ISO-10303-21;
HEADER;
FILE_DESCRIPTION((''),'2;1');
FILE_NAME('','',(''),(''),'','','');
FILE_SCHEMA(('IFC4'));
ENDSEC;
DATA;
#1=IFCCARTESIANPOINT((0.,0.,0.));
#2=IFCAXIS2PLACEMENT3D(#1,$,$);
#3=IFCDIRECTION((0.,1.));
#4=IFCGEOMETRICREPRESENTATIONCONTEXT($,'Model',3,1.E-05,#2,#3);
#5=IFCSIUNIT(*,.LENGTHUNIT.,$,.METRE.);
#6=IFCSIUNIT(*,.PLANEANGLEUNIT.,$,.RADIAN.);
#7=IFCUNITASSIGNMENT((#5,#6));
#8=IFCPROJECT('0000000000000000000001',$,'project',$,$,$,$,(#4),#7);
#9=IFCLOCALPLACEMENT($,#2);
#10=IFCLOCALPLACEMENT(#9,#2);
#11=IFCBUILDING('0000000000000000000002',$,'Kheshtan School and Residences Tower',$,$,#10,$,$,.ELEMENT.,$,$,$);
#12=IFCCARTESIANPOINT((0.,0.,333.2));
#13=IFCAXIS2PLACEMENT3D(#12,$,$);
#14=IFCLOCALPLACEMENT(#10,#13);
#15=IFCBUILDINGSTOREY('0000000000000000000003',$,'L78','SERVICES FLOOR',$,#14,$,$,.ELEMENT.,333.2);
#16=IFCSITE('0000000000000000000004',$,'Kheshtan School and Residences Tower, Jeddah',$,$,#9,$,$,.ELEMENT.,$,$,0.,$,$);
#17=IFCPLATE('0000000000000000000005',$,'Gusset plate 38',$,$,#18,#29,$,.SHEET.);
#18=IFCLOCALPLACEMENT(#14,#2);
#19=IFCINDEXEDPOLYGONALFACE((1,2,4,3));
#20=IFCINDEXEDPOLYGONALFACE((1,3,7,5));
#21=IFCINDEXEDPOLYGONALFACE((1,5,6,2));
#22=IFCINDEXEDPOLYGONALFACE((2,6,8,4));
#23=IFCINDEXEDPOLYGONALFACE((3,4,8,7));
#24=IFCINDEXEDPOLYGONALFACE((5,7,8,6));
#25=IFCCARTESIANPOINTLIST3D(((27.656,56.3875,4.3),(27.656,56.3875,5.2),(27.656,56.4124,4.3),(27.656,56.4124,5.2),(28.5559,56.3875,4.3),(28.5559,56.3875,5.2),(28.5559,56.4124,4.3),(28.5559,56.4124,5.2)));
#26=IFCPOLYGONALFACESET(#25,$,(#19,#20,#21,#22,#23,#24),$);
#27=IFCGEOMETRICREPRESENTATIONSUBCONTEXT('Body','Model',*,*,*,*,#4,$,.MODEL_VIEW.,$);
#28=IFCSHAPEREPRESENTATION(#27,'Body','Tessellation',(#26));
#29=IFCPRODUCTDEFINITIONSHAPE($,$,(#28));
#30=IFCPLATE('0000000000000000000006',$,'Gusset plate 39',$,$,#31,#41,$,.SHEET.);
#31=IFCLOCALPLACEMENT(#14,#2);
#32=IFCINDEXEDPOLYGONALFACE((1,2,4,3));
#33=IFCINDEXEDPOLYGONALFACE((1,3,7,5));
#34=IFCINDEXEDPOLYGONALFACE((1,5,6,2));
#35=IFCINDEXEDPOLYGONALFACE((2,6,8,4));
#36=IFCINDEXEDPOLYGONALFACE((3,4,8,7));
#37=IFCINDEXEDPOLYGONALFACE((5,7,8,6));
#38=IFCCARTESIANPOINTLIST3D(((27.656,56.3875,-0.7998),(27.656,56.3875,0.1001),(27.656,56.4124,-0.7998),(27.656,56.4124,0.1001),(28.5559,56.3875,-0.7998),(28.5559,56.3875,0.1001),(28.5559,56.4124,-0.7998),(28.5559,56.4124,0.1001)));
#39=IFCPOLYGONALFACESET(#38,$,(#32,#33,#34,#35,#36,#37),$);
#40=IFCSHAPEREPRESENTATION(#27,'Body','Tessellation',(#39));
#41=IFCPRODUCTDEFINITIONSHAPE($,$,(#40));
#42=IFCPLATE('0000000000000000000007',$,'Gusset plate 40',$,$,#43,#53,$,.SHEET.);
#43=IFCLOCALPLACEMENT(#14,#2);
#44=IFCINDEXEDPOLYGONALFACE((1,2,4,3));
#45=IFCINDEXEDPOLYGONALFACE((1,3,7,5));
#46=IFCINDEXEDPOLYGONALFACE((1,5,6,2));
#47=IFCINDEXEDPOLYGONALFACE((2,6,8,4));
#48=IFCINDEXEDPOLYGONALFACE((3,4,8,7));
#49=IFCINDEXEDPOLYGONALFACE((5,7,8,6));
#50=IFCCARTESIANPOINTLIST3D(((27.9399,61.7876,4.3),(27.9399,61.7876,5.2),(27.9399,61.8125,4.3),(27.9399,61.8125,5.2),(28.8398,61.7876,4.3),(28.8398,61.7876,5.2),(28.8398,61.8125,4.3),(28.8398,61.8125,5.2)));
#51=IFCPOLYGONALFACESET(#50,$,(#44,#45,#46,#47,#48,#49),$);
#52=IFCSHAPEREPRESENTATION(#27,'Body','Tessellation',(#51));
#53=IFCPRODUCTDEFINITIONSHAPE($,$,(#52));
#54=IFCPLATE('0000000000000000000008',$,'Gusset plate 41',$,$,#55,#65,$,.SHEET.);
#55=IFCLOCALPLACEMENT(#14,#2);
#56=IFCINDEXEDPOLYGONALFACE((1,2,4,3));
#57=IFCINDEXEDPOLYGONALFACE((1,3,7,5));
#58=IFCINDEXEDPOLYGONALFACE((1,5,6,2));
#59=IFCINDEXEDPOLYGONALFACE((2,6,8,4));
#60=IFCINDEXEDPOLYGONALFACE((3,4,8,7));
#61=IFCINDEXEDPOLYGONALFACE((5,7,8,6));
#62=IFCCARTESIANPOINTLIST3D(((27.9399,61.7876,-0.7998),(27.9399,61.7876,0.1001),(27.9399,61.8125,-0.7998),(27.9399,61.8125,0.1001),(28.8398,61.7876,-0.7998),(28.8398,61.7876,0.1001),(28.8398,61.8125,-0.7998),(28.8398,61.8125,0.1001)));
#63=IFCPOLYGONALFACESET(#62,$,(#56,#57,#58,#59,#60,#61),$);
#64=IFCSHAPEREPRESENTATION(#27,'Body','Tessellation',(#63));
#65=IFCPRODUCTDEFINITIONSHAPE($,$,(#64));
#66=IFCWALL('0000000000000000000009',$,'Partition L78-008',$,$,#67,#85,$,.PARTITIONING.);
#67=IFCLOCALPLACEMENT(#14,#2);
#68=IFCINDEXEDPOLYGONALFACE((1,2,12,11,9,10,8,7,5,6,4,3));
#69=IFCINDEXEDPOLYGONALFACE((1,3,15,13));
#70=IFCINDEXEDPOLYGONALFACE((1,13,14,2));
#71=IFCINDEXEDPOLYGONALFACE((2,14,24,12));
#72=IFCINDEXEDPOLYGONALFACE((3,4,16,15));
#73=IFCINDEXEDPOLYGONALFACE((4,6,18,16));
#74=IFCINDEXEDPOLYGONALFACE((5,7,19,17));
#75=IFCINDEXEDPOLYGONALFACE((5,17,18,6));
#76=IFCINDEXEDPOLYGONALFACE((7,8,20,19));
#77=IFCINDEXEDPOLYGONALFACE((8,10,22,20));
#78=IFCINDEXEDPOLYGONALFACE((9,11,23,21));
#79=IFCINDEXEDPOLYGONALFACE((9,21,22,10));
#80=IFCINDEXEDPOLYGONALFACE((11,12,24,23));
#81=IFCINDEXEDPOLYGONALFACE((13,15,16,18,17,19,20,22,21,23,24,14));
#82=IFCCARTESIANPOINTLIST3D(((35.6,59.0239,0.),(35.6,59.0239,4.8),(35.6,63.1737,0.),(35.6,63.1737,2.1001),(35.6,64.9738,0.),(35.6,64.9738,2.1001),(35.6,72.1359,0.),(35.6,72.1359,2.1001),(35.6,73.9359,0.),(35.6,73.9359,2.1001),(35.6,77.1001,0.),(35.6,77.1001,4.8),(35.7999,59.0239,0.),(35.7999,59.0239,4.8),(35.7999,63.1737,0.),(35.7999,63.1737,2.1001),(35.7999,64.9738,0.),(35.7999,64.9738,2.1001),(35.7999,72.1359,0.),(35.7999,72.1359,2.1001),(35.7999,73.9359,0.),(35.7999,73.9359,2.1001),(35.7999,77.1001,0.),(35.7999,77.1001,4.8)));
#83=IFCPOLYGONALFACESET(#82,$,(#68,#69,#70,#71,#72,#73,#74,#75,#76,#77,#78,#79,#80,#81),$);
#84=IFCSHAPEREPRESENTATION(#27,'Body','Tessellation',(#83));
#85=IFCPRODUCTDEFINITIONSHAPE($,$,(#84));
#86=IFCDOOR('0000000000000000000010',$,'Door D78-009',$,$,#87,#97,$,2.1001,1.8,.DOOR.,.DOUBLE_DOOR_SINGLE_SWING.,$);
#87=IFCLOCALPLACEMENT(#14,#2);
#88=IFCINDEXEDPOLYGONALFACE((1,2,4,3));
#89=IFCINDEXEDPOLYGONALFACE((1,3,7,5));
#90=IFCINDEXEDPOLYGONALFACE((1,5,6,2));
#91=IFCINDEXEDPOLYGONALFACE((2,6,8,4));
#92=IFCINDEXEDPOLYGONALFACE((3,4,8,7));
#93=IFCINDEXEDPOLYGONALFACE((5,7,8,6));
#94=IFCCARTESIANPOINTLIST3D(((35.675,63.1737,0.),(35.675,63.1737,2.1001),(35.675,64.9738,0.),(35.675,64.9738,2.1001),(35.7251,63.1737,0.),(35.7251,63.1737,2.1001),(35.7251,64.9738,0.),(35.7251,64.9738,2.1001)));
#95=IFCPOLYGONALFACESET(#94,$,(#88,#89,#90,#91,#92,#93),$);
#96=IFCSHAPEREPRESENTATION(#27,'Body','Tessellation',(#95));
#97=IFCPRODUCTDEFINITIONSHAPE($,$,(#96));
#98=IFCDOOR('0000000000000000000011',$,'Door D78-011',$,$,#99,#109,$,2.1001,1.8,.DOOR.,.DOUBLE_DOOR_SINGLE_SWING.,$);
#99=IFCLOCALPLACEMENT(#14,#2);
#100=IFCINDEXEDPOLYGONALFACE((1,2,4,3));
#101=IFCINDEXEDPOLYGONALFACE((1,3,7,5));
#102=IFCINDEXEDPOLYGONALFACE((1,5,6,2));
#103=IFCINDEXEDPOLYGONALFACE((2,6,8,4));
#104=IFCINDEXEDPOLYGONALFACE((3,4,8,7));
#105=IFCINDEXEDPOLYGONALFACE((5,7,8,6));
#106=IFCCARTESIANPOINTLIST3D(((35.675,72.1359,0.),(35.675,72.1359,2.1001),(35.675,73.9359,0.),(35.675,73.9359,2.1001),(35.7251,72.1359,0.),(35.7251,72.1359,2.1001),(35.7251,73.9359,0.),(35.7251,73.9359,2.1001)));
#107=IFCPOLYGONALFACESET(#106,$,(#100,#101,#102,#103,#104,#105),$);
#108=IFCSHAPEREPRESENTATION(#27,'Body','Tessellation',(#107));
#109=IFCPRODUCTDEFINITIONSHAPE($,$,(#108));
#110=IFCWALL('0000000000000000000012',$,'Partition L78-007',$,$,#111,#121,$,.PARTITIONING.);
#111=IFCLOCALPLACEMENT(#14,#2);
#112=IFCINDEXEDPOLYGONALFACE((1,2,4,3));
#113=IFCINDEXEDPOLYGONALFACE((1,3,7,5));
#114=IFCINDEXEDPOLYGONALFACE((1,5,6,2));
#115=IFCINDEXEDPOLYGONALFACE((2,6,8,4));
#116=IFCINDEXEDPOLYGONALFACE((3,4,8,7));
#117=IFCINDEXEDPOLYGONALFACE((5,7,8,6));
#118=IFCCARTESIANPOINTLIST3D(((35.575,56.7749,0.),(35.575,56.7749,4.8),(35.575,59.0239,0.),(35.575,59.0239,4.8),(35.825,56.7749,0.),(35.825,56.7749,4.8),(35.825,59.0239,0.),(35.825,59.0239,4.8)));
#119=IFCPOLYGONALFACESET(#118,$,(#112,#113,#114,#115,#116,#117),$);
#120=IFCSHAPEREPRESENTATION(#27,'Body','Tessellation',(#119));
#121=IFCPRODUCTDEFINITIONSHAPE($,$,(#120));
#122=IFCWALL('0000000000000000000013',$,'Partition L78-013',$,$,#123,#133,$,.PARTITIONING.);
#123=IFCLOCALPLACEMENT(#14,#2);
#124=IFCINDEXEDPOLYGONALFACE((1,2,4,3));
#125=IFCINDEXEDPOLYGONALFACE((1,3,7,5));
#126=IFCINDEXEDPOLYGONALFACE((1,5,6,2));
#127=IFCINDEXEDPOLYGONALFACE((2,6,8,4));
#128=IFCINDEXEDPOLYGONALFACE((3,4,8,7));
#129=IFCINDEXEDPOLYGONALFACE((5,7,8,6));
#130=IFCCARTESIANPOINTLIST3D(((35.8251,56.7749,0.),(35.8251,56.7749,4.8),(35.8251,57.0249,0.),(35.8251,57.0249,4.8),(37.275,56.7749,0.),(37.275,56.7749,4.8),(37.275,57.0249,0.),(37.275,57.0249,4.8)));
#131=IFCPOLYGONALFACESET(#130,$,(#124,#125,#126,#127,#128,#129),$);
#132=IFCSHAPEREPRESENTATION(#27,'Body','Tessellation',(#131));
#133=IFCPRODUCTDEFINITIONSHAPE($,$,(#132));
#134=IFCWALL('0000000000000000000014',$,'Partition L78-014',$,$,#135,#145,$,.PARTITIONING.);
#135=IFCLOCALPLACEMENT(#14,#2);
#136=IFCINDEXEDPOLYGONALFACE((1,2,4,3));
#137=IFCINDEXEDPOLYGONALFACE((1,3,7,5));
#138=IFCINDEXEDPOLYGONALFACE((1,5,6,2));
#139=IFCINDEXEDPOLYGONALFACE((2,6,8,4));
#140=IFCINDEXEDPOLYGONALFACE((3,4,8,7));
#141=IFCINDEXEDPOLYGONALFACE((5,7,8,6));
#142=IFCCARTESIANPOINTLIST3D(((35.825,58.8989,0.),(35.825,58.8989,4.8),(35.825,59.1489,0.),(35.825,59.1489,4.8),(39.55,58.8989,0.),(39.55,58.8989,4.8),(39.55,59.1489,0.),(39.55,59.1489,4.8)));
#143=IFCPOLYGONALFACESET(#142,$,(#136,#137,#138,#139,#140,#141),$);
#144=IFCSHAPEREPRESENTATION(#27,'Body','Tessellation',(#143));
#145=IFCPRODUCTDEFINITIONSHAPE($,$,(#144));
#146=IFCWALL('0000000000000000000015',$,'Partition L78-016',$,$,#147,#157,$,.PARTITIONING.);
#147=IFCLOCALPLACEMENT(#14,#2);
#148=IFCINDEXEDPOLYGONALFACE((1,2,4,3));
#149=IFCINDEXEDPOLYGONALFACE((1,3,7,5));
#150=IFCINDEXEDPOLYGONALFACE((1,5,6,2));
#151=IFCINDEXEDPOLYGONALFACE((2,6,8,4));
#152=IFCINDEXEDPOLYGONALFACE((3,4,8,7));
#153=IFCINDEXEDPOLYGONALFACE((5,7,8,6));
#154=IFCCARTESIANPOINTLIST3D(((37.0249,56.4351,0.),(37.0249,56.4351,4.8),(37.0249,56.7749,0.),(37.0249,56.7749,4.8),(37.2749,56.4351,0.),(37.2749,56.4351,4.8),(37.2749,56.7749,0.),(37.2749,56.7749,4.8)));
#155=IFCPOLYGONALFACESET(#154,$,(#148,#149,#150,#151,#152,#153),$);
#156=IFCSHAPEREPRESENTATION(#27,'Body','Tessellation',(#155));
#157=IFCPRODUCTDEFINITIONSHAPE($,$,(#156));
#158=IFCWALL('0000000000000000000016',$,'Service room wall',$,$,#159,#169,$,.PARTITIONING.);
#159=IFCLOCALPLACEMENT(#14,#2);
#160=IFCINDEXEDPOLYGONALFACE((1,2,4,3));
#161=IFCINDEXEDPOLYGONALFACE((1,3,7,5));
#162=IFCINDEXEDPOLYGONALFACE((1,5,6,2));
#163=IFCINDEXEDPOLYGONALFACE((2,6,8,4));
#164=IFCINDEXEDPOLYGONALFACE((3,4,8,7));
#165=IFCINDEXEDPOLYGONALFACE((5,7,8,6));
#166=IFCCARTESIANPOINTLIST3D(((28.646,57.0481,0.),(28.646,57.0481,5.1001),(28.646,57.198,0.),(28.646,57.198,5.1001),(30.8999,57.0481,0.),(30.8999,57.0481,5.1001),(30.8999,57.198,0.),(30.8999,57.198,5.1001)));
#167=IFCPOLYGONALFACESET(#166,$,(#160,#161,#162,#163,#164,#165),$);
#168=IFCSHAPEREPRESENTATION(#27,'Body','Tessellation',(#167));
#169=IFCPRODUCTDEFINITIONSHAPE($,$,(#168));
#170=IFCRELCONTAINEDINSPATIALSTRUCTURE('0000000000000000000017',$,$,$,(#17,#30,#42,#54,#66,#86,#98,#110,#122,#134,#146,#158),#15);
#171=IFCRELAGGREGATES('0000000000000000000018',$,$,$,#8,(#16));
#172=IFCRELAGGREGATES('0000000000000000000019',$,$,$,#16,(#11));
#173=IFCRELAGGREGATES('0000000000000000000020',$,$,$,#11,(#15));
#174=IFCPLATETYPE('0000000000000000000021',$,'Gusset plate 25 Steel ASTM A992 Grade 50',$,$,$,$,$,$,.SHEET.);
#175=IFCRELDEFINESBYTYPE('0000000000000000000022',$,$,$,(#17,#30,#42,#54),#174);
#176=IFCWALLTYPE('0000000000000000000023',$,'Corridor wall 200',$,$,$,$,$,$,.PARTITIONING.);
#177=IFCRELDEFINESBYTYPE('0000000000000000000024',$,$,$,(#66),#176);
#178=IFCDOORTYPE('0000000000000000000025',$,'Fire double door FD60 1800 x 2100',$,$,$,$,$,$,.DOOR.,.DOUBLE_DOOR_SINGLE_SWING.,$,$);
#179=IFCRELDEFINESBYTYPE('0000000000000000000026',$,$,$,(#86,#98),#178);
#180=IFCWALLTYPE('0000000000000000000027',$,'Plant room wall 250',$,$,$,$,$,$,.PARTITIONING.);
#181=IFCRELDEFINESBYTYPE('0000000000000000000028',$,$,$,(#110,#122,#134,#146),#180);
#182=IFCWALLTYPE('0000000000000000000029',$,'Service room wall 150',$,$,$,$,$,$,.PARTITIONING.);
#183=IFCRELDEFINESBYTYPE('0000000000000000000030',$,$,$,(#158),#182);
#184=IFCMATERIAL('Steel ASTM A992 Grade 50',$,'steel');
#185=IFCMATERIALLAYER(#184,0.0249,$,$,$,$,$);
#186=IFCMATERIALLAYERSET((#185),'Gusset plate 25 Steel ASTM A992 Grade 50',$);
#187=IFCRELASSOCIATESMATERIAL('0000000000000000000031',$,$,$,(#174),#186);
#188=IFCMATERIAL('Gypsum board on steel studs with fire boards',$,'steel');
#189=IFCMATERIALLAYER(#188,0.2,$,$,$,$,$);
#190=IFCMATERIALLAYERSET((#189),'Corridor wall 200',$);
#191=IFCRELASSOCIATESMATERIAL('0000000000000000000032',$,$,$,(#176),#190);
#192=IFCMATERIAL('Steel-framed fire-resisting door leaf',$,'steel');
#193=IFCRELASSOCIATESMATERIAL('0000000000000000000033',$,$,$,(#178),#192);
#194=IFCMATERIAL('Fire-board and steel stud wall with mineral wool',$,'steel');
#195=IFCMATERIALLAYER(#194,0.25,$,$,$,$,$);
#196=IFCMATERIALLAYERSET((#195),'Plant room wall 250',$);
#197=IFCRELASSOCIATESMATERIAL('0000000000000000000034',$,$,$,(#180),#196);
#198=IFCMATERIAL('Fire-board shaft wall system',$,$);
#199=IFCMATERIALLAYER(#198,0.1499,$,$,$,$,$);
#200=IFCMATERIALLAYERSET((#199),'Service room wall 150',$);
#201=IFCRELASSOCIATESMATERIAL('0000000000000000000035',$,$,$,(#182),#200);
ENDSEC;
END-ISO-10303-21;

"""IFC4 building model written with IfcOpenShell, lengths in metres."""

from ifc_helpers import new_model, si_unit, direction, frame, frame_2d, origin, origin_2d, place, context, subcontext, project, spatial, rectangle, extrude, source, transform, mapped, material, layer, layer_set, type_object, element, fill, save


model = new_model("IFC4")

# Units and contexts
model_context = context("Model", 3, precision=1e-05, world=origin(), true_north=direction((0.0, 1.0)))
body_context = subcontext(model_context, "Body", "Model", "MODEL_VIEW")
ifc_project = project(units=[si_unit("LENGTHUNIT", "METRE"), si_unit("PLANEANGLEUNIT", "RADIAN")], contexts=[model_context])

# Site, building, storey
site_placement = place(None, origin())
site = spatial("IfcSite", under=ifc_project, at=site_placement, Name="Kheshtan School and Residences Tower, Jeddah", CompositionType="ELEMENT", RefElevation=0.0)
building_placement = place(site_placement, origin())
building = spatial("IfcBuilding", under=site, at=building_placement, Name="Kheshtan School and Residences Tower", CompositionType="ELEMENT")
storey_placement = place(building_placement, frame((0.0, 0.0, 333.2)))
storey = spatial("IfcBuildingStorey", under=building, at=storey_placement, Name="L78", Description="SERVICES FLOOR", CompositionType="ELEMENT", Elevation=333.2)

# Shared definitions
ifc_material_1 = material(Name="Steel ASTM A992 Grade 50", Category="steel")

# Plates
ifc_layer_1 = layer(ifc_material_1, 0.0249)
ifc_layer_set_1 = layer_set([ifc_layer_1], Name="Gusset plate 25 Steel ASTM A992 Grade 50")
plate_type = type_object("IfcPlateType", Name="Gusset plate 25 Steel ASTM A992 Grade 50", PredefinedType="SHEET", material=ifc_layer_set_1)
for number, where, z_axis, x_axis, name in (
    (1, (28.106, 56.3999, 4.3), (0.0, 0.0, 1.0), (1.0, 0.0, 0.0), "Gusset plate 38"),
    (2, (28.106, 56.3999, -0.7998), (0.0, 0.0, 1.0), (1.0, 0.0, 0.0), "Gusset plate 39"),
    (3, (28.3899, 61.8, 4.3), (0.0, 0.0, 1.0), (1.0, 0.0, 0.0), "Gusset plate 40"),
    (4, (28.3899, 61.8, -0.7998), (0.0, 0.0, 1.0), (1.0, 0.0, 0.0), "Gusset plate 41"),
):
    element("IfcPlate", number, at=place(storey_placement, frame(where, z_axis=z_axis, x_axis=x_axis)), inside=storey, type_object=plate_type, Name=name, PredefinedType="SHEET", context=body_context, shape_type="SweptSolid", body=[
        extrude(rectangle(XDim=0.8999, YDim=0.0249, at=origin_2d()), origin(), (0.0, 0.0, 1.0), 0.8999),
    ])

# Wall, openings, doors
ifc_material_2 = material(Name="Gypsum board on steel studs with fire boards", Category="steel")
ifc_layer_2 = layer(ifc_material_2, 0.2)
ifc_layer_set_2 = layer_set([ifc_layer_2], Name="Corridor wall 200")
wall_type_1 = type_object("IfcWallType", Name="Corridor wall 200", PredefinedType="PARTITIONING", material=ifc_layer_set_2)
wall_1_placement = place(storey_placement, frame((35.7, 59.0239, 0.0), z_axis=(0.0, 0.0, 1.0), x_axis=(0.0, 1.0, 0.0)))
wall_1 = element("IfcWall", 5, at=wall_1_placement, inside=storey, type_object=wall_type_1, Name="Partition L78-008", PredefinedType="PARTITIONING", context=body_context, shape_type="SweptSolid", body=[
    extrude(rectangle(XDim=18.0762, YDim=0.2, at=frame_2d((9.0381, 0.0))), origin(), (0.0, 0.0, 1.0), 4.8),
])
opening_1_placement = place(wall_1_placement, frame((4.1499, 0.0, 0.0)))
opening_1 = element("IfcOpeningElement", 6, at=opening_1_placement, cuts=wall_1, PredefinedType="OPENING", context=body_context, shape_type="SweptSolid", body=[
    extrude(rectangle(XDim=1.8, YDim=2.1001, at=frame_2d((0.8999, 1.05))), frame((0.0, 0.1099, 0.0), z_axis=(0.0, -1.0, 0.0), x_axis=(1.0, 0.0, 0.0)), (0.0, 0.0, 1.0), 0.22),
])
opening_2_placement = place(wall_1_placement, frame((13.1121, 0.0, 0.0)))
opening_2 = element("IfcOpeningElement", 7, at=opening_2_placement, cuts=wall_1, PredefinedType="OPENING", context=body_context, shape_type="SweptSolid", body=[
    extrude(rectangle(XDim=1.8, YDim=2.1001, at=frame_2d((0.8999, 1.05))), frame((0.0, 0.1099, 0.0), z_axis=(0.0, -1.0, 0.0), x_axis=(1.0, 0.0, 0.0)), (0.0, 0.0, 1.0), 0.22),
])
ifc_material_3 = material(Name="Steel-framed fire-resisting door leaf", Category="steel")
door_type_1 = type_object("IfcDoorType", Name="Fire double door FD60 1800 x 2100", OperationType="DOUBLE_DOOR_SINGLE_SWING", PredefinedType="DOOR", material=ifc_material_3)
shared_shape_1 = source(origin(), body_context, "Body", "SweptSolid", [
    extrude(rectangle(XDim=1.8, YDim=2.1001, at=frame_2d((0.8999, 1.05))), frame((0.0, 0.0249, 0.0), z_axis=(0.0, -1.0, 0.0), x_axis=(1.0, 0.0, 0.0)), (0.0, 0.0, 1.0), 0.05),
])
door_1_placement = place(opening_1_placement, origin())
door_1 = element("IfcDoor", 8, at=door_1_placement, inside=storey, type_object=door_type_1, Name="Door D78-009", OperationType="DOUBLE_DOOR_SINGLE_SWING", OverallHeight=2.1001, OverallWidth=1.8, PredefinedType="DOOR", context=body_context, shape_type="MappedRepresentation", body=[
    mapped(shared_shape_1, transform((0.0, 0.0, 0.0), x_axis=(1.0, 0.0, 0.0), y_axis=(0.0, 1.0, 0.0), z_axis=(0.0, 0.0, 1.0), scale=1.0)),
])
fill(opening_1, door_1)
door_2_placement = place(opening_2_placement, origin())
door_2 = element("IfcDoor", 9, at=door_2_placement, inside=storey, type_object=door_type_1, Name="Door D78-011", OperationType="DOUBLE_DOOR_SINGLE_SWING", OverallHeight=2.1001, OverallWidth=1.8, PredefinedType="DOOR", context=body_context, shape_type="MappedRepresentation", body=[
    mapped(shared_shape_1, transform((0.0, 0.0, 0.0), x_axis=(1.0, 0.0, 0.0), y_axis=(0.0, 1.0, 0.0), z_axis=(0.0, 0.0, 1.0), scale=1.0)),
])
fill(opening_2, door_2)

# Walls
ifc_material_4 = material(Name="Fire-board and steel stud wall with mineral wool", Category="steel")
ifc_layer_3 = layer(ifc_material_4, 0.25)
ifc_layer_set_3 = layer_set([ifc_layer_3], Name="Plant room wall 250")
wall_type_2 = type_object("IfcWallType", Name="Plant room wall 250", PredefinedType="PARTITIONING", material=ifc_layer_set_3)
wall_2_placement = place(storey_placement, frame((35.7, 56.7749, 0.0), z_axis=(0.0, 0.0, 1.0), x_axis=(0.0, 1.0, 0.0)))
element("IfcWall", 10, at=wall_2_placement, inside=storey, type_object=wall_type_2, Name="Partition L78-007", PredefinedType="PARTITIONING", context=body_context, shape_type="SweptSolid", body=[
    extrude(rectangle(XDim=2.249, YDim=0.25, at=frame_2d((1.1245, 0.0))), origin(), (0.0, 0.0, 1.0), 4.8),
])
wall_3_placement = place(storey_placement, frame((35.825, 56.8999, 0.0), z_axis=(0.0, 0.0, 1.0), x_axis=(1.0, 0.0, 0.0)))
element("IfcWall", 11, at=wall_3_placement, inside=storey, type_object=wall_type_2, Name="Partition L78-013", PredefinedType="PARTITIONING", context=body_context, shape_type="SweptSolid", body=[
    extrude(rectangle(XDim=1.45, YDim=0.25, at=frame_2d((0.7251, 0.0))), origin(), (0.0, 0.0, 1.0), 4.8),
])
wall_4_placement = place(storey_placement, frame((35.825, 59.0239, 0.0), z_axis=(0.0, 0.0, 1.0), x_axis=(1.0, 0.0, 0.0)))
element("IfcWall", 12, at=wall_4_placement, inside=storey, type_object=wall_type_2, Name="Partition L78-014", PredefinedType="PARTITIONING", context=body_context, shape_type="SweptSolid", body=[
    extrude(rectangle(XDim=3.7251, YDim=0.25, at=frame_2d((1.8625, 0.0))), origin(), (0.0, 0.0, 1.0), 4.8),
])
wall_5_placement = place(storey_placement, frame((37.1499, 56.4351, 0.0), z_axis=(0.0, 0.0, 1.0), x_axis=(0.0, 1.0, 0.0)))
element("IfcWall", 13, at=wall_5_placement, inside=storey, type_object=wall_type_2, Name="Partition L78-016", PredefinedType="PARTITIONING", context=body_context, shape_type="SweptSolid", body=[
    extrude(rectangle(XDim=0.3398, YDim=0.25, at=frame_2d((0.1699, 0.0))), origin(), (0.0, 0.0, 1.0), 4.8),
])
ifc_material_5 = material(Name="Fire-board shaft wall system")
ifc_layer_4 = layer(ifc_material_5, 0.1499)
ifc_layer_set_4 = layer_set([ifc_layer_4], Name="Service room wall 150")
wall_type_3 = type_object("IfcWallType", Name="Service room wall 150", PredefinedType="PARTITIONING", material=ifc_layer_set_4)
wall_6_placement = place(storey_placement, frame((28.646, 57.123, 0.0), z_axis=(0.0, 0.0, 1.0), x_axis=(1.0, 0.0, 0.0)))
element("IfcWall", 14, at=wall_6_placement, inside=storey, type_object=wall_type_3, Name="Service room wall", PredefinedType="PARTITIONING", context=body_context, shape_type="SweptSolid", body=[
    extrude(rectangle(XDim=2.2539, YDim=0.1499, at=frame_2d((1.127, 0.0))), origin(), (0.0, 0.0, 1.0), 5.1001),
])

save(model, "model.ifc")
